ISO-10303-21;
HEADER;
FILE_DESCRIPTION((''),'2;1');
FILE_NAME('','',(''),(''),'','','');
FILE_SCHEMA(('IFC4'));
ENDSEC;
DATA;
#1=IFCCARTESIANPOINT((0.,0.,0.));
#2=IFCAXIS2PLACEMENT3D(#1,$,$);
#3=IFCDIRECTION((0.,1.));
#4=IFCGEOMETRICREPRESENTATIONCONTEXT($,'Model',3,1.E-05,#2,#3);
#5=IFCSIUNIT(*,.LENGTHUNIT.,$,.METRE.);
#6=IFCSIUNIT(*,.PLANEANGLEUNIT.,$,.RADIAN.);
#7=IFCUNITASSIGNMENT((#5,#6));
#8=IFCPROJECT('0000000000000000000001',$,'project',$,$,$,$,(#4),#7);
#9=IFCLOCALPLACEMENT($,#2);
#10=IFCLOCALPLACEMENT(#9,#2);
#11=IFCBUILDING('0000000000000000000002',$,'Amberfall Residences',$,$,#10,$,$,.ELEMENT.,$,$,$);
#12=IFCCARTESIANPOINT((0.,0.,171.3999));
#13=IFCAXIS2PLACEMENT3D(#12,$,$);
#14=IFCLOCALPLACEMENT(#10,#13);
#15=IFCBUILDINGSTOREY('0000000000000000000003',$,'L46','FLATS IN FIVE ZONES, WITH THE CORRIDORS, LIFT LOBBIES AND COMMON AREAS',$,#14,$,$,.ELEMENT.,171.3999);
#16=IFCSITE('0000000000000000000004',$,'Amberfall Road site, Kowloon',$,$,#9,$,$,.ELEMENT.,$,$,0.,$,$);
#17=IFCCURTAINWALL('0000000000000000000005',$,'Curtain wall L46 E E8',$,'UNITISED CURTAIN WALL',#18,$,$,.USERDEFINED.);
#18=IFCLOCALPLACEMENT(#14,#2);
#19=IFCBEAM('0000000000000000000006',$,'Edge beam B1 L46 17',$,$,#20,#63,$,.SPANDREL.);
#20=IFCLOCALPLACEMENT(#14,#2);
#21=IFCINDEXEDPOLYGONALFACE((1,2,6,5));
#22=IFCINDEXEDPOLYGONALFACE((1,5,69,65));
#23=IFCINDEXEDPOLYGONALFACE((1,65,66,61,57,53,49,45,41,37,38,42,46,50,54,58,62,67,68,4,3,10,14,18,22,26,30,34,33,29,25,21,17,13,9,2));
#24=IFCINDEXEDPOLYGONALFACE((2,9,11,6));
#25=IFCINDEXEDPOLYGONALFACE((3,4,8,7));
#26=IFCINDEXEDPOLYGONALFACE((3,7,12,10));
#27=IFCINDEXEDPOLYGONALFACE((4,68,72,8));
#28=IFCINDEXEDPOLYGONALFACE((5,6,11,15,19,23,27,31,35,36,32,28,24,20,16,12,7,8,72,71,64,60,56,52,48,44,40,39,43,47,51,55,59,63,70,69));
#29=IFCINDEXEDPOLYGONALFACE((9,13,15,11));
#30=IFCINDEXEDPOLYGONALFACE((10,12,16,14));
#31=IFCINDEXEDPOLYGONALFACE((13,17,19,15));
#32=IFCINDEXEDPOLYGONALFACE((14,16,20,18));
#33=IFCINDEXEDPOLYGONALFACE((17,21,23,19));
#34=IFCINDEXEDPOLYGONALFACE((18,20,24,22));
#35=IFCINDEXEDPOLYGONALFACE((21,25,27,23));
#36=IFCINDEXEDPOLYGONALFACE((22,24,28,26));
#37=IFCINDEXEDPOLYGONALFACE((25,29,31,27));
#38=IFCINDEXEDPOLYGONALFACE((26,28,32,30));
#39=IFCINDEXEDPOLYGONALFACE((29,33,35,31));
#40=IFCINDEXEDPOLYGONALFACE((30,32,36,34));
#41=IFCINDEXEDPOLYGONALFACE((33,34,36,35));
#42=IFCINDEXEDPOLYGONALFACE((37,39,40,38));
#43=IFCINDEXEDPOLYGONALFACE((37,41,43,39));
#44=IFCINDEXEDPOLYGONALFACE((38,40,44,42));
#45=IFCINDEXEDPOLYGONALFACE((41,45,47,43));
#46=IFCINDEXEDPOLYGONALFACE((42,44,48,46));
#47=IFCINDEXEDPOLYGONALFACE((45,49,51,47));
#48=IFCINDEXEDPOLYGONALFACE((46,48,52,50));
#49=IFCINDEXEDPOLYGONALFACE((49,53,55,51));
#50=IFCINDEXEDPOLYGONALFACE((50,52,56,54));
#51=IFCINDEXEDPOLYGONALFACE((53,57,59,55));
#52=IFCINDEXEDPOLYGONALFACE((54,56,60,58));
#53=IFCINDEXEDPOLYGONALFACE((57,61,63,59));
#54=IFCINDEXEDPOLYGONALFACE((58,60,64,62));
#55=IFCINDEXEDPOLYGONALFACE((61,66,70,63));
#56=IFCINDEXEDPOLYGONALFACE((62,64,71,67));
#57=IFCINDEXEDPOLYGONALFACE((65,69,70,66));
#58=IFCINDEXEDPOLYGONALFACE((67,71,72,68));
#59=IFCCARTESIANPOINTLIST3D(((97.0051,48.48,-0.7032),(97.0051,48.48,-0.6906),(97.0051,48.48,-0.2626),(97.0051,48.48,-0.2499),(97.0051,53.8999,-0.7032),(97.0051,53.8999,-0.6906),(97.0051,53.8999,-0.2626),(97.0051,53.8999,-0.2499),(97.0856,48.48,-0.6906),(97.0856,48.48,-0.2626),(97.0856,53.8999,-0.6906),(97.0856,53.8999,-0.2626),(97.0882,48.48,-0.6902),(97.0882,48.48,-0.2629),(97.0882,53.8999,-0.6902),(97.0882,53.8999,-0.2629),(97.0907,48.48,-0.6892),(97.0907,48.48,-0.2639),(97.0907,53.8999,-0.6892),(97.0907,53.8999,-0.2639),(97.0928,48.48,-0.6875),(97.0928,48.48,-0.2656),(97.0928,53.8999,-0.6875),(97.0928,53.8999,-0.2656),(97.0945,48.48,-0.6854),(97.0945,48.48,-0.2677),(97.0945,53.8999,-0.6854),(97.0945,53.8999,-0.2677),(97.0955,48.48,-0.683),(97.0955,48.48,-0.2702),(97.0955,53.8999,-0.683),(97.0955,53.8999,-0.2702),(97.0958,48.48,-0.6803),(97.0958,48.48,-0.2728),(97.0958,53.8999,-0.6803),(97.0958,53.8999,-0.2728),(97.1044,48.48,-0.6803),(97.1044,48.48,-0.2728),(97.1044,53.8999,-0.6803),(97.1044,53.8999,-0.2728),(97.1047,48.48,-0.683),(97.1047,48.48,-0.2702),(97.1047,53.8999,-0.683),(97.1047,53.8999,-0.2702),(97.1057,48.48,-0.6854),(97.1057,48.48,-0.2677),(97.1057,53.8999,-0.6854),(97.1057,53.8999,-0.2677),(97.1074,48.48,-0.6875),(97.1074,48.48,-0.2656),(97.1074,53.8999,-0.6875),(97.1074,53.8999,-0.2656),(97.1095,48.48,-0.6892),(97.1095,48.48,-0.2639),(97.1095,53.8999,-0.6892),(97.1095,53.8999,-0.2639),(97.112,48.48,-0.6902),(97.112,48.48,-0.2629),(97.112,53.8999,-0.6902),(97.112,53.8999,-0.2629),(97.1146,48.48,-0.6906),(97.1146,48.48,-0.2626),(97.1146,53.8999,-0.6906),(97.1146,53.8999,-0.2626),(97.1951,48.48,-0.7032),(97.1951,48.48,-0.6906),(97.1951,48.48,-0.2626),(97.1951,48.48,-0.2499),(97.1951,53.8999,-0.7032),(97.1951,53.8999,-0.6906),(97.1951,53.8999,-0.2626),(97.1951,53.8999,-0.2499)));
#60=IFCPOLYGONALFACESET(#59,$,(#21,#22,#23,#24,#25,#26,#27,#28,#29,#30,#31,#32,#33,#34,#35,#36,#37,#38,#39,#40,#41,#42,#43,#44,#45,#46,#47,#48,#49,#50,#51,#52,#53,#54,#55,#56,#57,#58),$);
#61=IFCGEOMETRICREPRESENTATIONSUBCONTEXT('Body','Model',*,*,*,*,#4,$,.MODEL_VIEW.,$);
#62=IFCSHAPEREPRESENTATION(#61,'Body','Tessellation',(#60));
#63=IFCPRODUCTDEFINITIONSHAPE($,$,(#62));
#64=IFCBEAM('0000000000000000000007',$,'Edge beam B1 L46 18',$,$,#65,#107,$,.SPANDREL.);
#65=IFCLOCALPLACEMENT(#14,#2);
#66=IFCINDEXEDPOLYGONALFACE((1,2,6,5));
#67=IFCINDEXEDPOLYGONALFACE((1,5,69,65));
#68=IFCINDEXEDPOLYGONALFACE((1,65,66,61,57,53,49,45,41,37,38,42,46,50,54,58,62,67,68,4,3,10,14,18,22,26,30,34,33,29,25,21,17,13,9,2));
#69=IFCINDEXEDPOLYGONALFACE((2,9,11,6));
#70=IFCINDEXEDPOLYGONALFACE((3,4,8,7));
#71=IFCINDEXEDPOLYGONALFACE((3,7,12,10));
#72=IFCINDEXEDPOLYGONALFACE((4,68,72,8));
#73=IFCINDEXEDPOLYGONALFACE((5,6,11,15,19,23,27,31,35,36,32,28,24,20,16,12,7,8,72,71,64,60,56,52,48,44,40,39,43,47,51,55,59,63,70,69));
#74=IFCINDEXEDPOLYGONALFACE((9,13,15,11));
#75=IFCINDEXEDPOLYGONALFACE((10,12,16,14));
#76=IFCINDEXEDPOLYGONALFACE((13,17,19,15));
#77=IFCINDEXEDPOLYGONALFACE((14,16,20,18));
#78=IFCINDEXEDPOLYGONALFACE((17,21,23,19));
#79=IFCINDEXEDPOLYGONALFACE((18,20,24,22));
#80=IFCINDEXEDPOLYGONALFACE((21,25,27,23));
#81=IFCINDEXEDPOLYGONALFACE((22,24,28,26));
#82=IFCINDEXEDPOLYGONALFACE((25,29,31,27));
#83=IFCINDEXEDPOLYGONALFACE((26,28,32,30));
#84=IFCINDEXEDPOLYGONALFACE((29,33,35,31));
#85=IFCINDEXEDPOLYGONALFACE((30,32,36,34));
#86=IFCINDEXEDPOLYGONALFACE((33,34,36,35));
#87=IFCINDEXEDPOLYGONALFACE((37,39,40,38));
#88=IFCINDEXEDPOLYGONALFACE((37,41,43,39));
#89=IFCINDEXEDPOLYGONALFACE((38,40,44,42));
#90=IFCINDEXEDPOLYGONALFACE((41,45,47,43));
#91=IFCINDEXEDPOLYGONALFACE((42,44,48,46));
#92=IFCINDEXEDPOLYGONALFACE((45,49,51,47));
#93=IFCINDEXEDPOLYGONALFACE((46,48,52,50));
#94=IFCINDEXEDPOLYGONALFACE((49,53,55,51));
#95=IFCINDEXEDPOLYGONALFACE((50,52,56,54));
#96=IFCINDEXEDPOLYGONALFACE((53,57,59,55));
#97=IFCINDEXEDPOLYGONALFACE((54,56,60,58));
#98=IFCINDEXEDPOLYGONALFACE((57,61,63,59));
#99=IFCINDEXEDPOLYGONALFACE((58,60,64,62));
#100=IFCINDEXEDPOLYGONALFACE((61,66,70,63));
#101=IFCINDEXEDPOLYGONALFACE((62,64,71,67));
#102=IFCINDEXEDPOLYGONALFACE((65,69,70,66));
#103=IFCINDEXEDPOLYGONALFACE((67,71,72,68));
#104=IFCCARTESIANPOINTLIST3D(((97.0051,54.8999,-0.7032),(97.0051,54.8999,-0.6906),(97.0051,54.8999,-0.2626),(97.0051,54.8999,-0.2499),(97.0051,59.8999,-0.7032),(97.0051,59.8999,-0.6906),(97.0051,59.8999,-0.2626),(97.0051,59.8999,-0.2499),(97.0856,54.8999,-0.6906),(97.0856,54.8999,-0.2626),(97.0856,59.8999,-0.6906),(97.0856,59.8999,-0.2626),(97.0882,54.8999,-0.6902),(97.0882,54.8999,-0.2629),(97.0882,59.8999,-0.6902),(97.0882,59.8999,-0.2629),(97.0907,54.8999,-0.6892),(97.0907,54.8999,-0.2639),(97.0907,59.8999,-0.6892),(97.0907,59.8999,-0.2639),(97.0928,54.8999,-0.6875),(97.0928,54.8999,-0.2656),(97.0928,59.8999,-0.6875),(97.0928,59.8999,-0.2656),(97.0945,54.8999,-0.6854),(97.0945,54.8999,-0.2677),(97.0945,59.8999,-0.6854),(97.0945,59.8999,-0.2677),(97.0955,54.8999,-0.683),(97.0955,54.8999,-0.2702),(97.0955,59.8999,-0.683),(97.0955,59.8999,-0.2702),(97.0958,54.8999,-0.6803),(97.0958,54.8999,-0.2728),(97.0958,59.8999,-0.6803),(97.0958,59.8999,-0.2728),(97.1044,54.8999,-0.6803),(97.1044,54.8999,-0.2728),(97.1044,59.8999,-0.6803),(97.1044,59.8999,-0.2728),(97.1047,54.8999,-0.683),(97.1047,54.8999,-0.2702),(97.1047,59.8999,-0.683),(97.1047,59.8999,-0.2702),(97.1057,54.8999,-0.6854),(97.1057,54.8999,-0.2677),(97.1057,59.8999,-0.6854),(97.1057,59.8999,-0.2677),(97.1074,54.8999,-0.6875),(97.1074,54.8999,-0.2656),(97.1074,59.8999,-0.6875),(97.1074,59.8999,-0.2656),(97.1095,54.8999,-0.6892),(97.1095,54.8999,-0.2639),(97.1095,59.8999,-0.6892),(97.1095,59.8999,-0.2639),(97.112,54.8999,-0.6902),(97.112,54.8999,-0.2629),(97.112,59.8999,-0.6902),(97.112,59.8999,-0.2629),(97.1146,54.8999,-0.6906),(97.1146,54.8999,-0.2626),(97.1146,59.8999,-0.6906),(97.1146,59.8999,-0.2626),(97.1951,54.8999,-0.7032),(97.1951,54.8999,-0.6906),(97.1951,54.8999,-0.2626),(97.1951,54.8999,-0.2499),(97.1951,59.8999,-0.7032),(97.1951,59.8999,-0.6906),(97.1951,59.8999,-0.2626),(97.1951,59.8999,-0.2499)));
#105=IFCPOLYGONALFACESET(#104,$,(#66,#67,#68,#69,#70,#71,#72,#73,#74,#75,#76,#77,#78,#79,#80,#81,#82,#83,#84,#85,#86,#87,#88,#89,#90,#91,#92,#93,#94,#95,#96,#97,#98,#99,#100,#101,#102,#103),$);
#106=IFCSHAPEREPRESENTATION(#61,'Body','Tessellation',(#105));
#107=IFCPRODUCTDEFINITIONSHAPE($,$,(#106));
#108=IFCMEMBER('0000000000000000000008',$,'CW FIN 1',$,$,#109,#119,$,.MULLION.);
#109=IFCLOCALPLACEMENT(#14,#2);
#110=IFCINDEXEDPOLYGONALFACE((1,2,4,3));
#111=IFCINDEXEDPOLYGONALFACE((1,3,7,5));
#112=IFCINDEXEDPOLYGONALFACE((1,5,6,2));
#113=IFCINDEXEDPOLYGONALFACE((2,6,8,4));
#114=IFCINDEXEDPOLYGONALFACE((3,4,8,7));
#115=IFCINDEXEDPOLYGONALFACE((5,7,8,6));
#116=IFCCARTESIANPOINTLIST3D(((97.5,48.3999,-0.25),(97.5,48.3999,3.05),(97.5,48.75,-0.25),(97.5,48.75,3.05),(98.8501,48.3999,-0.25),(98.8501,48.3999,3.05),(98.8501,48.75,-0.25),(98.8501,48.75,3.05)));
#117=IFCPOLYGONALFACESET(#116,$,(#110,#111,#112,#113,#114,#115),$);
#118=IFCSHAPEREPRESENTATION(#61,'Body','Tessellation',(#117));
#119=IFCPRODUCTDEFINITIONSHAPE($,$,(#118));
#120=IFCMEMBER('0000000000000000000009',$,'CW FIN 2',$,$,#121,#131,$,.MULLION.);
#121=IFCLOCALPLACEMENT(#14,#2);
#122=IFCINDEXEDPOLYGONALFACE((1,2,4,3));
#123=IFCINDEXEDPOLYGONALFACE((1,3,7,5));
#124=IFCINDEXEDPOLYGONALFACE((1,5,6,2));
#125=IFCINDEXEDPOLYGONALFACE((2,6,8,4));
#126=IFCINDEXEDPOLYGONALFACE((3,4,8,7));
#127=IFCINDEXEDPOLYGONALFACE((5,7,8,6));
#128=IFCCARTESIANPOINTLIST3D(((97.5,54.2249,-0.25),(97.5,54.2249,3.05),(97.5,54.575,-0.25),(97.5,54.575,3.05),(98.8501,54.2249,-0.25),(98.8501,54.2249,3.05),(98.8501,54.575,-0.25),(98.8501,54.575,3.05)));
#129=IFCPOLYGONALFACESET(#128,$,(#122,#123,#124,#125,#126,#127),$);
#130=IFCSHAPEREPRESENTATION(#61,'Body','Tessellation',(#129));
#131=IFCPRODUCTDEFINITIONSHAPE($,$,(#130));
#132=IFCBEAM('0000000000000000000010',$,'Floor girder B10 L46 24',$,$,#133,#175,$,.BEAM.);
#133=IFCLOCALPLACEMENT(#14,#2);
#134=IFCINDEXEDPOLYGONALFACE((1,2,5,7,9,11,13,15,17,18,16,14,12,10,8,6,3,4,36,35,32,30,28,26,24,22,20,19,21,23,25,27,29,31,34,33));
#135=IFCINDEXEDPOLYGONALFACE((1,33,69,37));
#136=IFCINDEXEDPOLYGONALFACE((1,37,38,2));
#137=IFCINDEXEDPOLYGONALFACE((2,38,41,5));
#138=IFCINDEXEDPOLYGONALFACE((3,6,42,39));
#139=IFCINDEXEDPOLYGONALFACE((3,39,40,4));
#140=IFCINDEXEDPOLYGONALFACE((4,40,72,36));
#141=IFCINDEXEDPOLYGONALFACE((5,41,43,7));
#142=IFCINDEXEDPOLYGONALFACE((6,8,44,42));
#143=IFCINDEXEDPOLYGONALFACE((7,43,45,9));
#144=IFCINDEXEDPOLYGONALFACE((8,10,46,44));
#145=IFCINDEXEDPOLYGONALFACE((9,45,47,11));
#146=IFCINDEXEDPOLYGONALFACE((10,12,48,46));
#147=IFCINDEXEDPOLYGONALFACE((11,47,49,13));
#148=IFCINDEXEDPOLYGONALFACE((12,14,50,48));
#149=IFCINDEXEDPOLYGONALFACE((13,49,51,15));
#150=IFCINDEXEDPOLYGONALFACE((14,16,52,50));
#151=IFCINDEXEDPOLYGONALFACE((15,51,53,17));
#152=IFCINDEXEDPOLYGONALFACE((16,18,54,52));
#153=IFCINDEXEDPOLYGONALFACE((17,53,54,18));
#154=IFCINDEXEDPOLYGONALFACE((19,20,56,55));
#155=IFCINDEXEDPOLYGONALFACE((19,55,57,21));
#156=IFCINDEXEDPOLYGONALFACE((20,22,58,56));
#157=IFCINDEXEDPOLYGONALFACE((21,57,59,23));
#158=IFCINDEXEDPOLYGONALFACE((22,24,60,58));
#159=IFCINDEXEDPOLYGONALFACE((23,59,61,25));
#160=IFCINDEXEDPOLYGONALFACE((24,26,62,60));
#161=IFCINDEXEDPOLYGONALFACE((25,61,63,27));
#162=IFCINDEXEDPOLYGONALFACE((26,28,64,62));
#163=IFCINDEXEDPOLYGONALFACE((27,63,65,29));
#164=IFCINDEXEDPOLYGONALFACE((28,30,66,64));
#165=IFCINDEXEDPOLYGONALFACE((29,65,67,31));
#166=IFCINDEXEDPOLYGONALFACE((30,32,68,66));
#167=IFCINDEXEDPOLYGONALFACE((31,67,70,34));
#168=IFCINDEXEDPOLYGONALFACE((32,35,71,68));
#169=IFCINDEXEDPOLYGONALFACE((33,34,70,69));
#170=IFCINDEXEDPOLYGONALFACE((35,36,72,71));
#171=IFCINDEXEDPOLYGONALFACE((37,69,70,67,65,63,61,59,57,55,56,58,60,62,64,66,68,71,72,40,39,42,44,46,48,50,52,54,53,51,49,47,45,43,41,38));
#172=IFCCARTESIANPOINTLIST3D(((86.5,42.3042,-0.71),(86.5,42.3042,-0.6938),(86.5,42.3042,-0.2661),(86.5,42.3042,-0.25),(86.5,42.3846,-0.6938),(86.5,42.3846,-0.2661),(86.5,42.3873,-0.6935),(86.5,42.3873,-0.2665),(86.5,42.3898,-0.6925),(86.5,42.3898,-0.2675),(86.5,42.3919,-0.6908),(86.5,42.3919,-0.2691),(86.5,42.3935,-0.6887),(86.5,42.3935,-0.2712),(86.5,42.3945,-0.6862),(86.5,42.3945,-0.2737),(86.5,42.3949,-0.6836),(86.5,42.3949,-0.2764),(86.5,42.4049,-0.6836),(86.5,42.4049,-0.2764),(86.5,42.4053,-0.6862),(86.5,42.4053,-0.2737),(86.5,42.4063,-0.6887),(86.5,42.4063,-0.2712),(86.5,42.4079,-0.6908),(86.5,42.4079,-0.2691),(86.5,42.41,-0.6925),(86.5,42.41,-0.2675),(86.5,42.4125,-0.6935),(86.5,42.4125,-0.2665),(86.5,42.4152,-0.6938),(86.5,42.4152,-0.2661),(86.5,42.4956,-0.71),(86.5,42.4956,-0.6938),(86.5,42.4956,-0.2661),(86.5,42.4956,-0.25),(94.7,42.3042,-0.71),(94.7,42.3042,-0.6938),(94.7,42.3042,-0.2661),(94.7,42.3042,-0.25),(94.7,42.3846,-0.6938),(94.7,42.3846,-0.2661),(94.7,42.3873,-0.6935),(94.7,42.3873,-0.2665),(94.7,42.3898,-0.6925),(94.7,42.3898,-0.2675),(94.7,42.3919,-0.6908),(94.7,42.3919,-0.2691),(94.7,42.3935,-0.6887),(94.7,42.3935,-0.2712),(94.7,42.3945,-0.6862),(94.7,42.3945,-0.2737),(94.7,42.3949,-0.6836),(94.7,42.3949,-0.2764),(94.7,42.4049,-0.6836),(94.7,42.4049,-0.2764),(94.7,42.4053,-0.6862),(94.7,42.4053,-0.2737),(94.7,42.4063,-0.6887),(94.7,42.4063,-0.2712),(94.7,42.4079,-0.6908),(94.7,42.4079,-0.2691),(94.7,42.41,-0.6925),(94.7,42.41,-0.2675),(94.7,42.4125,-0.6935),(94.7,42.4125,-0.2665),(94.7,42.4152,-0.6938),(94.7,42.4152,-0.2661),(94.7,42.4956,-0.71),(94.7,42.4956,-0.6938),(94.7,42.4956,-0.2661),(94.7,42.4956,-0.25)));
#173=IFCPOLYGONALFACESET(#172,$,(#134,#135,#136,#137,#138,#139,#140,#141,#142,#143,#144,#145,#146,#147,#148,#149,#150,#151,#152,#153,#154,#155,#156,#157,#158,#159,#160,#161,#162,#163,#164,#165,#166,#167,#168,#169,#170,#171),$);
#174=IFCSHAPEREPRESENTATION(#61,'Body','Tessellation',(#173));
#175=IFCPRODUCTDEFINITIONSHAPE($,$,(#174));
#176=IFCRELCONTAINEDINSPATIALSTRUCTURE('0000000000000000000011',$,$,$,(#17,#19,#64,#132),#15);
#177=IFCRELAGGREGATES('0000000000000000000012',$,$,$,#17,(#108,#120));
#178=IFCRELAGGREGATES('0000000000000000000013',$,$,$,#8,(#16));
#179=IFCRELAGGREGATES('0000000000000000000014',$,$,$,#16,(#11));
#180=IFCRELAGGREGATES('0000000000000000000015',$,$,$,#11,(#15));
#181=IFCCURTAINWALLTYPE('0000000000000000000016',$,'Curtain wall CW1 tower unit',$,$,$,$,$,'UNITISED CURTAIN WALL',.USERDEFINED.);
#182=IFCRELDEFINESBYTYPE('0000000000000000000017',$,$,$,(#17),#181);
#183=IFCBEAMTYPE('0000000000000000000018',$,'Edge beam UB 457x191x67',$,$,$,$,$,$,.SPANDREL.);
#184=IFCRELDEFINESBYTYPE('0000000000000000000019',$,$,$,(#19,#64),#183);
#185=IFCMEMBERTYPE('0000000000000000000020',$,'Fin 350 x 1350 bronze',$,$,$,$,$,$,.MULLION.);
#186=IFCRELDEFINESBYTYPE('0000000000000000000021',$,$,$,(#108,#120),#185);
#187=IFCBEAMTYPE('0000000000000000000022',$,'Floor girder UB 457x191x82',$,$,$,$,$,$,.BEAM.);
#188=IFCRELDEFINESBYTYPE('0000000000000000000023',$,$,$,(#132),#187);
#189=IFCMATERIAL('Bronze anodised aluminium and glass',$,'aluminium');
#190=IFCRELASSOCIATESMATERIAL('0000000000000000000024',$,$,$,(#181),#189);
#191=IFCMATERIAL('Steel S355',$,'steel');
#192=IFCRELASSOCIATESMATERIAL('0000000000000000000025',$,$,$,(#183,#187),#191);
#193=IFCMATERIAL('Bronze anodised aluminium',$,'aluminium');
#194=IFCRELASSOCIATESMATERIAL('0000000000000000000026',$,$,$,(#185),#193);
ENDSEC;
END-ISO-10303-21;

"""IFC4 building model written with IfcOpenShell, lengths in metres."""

from ifc_helpers import new_model, si_unit, direction, frame, origin, origin_2d, place, context, subcontext, project, spatial, rectangle, i_section, extrude, material, material_profile, profile_set, type_object, element, aggregate, save


model = new_model("IFC4")

# Units and contexts
model_context = context("Model", 3, precision=1e-05, world=origin(), true_north=direction((0.0, 1.0)))
body_context = subcontext(model_context, "Body", "Model", "MODEL_VIEW")
ifc_project = project(units=[si_unit("LENGTHUNIT", "METRE"), si_unit("PLANEANGLEUNIT", "RADIAN")], contexts=[model_context])

# Site, building, storey
site_placement = place(None, origin())
site = spatial("IfcSite", under=ifc_project, at=site_placement, Name="Amberfall Road site, Kowloon", CompositionType="ELEMENT", RefElevation=0.0)
building_placement = place(site_placement, origin())
building = spatial("IfcBuilding", under=site, at=building_placement, Name="Amberfall Residences", CompositionType="ELEMENT")
storey_placement = place(building_placement, frame((0.0, 0.0, 171.3999)))
storey = spatial("IfcBuildingStorey", under=building, at=storey_placement, Name="L46", Description="FLATS IN FIVE ZONES, WITH THE CORRIDORS, LIFT LOBBIES AND COMMON AREAS", CompositionType="ELEMENT", Elevation=171.3999)

# Curtain wall
ifc_material_1 = material(Name="Bronze anodised aluminium and glass", Category="aluminium")
curtain_wall_type = type_object("IfcCurtainWallType", Name="Curtain wall CW1 tower unit", ElementType="UNITISED CURTAIN WALL", PredefinedType="USERDEFINED", material=ifc_material_1)
curtain_wall_placement = place(storey_placement, origin())
curtain_wall = element("IfcCurtainWall", 1, at=curtain_wall_placement, inside=storey, type_object=curtain_wall_type, Name="Curtain wall L46 E E8", ObjectType="UNITISED CURTAIN WALL", PredefinedType="USERDEFINED")
ifc_material_2 = material(Name="Bronze anodised aluminium", Category="aluminium")

# Beams
ifc_material_3 = material(Name="Steel S355", Category="steel")
ifc_material_profile_1 = material_profile(ifc_material_3, i_section(OverallWidth=0.1899, OverallDepth=0.4534, WebThickness=0.0085, FlangeThickness=0.0127, FilletRadius=0.0103, at=origin_2d()), Name="UB 457x191x67")
ifc_profile_set_1 = profile_set([ifc_material_profile_1], Name="Steel S355")
beam_type_1 = type_object("IfcBeamType", Name="Edge beam UB 457x191x67", PredefinedType="SPANDREL", material=ifc_profile_set_1)
beam_1_placement = place(storey_placement, frame((97.1001, 48.48, -0.4766), z_axis=(0.0, 1.0, 0.0), x_axis=(-1.0, 0.0, 0.0)))
element("IfcBeam", 2, at=beam_1_placement, inside=storey, type_object=beam_type_1, Name="Edge beam B1 L46 17", PredefinedType="SPANDREL", context=body_context, shape_type="SweptSolid", body=[
    extrude(i_section(OverallWidth=0.1899, OverallDepth=0.4534, WebThickness=0.0085, FlangeThickness=0.0127, FilletRadius=0.0103, at=origin_2d()), origin(), (0.0, 0.0, 1.0), 5.4199),
])
beam_2_placement = place(storey_placement, frame((97.1001, 54.8999, -0.4766), z_axis=(0.0, 1.0, 0.0), x_axis=(-1.0, 0.0, 0.0)))
element("IfcBeam", 3, at=beam_2_placement, inside=storey, type_object=beam_type_1, Name="Edge beam B1 L46 18", PredefinedType="SPANDREL", context=body_context, shape_type="SweptSolid", body=[
    extrude(i_section(OverallWidth=0.1899, OverallDepth=0.4534, WebThickness=0.0085, FlangeThickness=0.0127, FilletRadius=0.0103, at=origin_2d()), origin(), (0.0, 0.0, 1.0), 5.0),
])

# Members
ifc_material_profile_2 = material_profile(ifc_material_2, rectangle(XDim=1.3501, YDim=0.3501, at=origin_2d()), Name="Fin 350 x 1350 bronze")
ifc_profile_set_2 = profile_set([ifc_material_profile_2], Name="Bronze anodised aluminium")
member_type_1 = type_object("IfcMemberType", Name="Fin 350 x 1350 bronze", PredefinedType="MULLION", material=ifc_profile_set_2)
member_1_placement = place(storey_placement, frame((98.175, 48.575, -0.25), z_axis=(0.0, 0.0, 1.0), x_axis=(-1.0, 0.0, 0.0)))
member_1 = element("IfcMember", 4, at=member_1_placement, type_object=member_type_1, Name="CW FIN 1", PredefinedType="MULLION", context=body_context, shape_type="SweptSolid", body=[
    extrude(rectangle(XDim=1.3501, YDim=0.3501, at=origin_2d()), origin(), (0.0, 0.0, 1.0), 3.3),
])
member_2_placement = place(storey_placement, frame((98.175, 54.3999, -0.25), z_axis=(0.0, 0.0, 1.0), x_axis=(-1.0, 0.0, 0.0)))
member_2 = element("IfcMember", 5, at=member_2_placement, type_object=member_type_1, Name="CW FIN 2", PredefinedType="MULLION", context=body_context, shape_type="SweptSolid", body=[
    extrude(rectangle(XDim=1.3501, YDim=0.3501, at=origin_2d()), origin(), (0.0, 0.0, 1.0), 3.3),
])

# Beam
ifc_material_profile_3 = material_profile(ifc_material_3, i_section(OverallWidth=0.1914, OverallDepth=0.46, WebThickness=0.01, FlangeThickness=0.0161, FilletRadius=0.0103, at=origin_2d()), Name="UB 457x191x82")
ifc_profile_set_3 = profile_set([ifc_material_profile_3], Name="Steel S355")
beam_type_2 = type_object("IfcBeamType", Name="Floor girder UB 457x191x82", PredefinedType="BEAM", material=ifc_profile_set_3)
for number, where, z_axis, x_axis, name in (
    (6, (94.7, 42.3999, -0.48), (-1.0, 0.0, 0.0), (0.0, -1.0, 0.0), "Floor girder B10 L46 24"),
):
    element("IfcBeam", number, at=place(storey_placement, frame(where, z_axis=z_axis, x_axis=x_axis)), inside=storey, type_object=beam_type_2, Name=name, PredefinedType="BEAM", context=body_context, shape_type="SweptSolid", body=[
        extrude(i_section(OverallWidth=0.1914, OverallDepth=0.46, WebThickness=0.01, FlangeThickness=0.0161, FilletRadius=0.0103, at=origin_2d()), origin(), (0.0, 0.0, 1.0), 8.2),
    ])

aggregate(curtain_wall, [member_1, member_2])

save(model, "model.ifc")
